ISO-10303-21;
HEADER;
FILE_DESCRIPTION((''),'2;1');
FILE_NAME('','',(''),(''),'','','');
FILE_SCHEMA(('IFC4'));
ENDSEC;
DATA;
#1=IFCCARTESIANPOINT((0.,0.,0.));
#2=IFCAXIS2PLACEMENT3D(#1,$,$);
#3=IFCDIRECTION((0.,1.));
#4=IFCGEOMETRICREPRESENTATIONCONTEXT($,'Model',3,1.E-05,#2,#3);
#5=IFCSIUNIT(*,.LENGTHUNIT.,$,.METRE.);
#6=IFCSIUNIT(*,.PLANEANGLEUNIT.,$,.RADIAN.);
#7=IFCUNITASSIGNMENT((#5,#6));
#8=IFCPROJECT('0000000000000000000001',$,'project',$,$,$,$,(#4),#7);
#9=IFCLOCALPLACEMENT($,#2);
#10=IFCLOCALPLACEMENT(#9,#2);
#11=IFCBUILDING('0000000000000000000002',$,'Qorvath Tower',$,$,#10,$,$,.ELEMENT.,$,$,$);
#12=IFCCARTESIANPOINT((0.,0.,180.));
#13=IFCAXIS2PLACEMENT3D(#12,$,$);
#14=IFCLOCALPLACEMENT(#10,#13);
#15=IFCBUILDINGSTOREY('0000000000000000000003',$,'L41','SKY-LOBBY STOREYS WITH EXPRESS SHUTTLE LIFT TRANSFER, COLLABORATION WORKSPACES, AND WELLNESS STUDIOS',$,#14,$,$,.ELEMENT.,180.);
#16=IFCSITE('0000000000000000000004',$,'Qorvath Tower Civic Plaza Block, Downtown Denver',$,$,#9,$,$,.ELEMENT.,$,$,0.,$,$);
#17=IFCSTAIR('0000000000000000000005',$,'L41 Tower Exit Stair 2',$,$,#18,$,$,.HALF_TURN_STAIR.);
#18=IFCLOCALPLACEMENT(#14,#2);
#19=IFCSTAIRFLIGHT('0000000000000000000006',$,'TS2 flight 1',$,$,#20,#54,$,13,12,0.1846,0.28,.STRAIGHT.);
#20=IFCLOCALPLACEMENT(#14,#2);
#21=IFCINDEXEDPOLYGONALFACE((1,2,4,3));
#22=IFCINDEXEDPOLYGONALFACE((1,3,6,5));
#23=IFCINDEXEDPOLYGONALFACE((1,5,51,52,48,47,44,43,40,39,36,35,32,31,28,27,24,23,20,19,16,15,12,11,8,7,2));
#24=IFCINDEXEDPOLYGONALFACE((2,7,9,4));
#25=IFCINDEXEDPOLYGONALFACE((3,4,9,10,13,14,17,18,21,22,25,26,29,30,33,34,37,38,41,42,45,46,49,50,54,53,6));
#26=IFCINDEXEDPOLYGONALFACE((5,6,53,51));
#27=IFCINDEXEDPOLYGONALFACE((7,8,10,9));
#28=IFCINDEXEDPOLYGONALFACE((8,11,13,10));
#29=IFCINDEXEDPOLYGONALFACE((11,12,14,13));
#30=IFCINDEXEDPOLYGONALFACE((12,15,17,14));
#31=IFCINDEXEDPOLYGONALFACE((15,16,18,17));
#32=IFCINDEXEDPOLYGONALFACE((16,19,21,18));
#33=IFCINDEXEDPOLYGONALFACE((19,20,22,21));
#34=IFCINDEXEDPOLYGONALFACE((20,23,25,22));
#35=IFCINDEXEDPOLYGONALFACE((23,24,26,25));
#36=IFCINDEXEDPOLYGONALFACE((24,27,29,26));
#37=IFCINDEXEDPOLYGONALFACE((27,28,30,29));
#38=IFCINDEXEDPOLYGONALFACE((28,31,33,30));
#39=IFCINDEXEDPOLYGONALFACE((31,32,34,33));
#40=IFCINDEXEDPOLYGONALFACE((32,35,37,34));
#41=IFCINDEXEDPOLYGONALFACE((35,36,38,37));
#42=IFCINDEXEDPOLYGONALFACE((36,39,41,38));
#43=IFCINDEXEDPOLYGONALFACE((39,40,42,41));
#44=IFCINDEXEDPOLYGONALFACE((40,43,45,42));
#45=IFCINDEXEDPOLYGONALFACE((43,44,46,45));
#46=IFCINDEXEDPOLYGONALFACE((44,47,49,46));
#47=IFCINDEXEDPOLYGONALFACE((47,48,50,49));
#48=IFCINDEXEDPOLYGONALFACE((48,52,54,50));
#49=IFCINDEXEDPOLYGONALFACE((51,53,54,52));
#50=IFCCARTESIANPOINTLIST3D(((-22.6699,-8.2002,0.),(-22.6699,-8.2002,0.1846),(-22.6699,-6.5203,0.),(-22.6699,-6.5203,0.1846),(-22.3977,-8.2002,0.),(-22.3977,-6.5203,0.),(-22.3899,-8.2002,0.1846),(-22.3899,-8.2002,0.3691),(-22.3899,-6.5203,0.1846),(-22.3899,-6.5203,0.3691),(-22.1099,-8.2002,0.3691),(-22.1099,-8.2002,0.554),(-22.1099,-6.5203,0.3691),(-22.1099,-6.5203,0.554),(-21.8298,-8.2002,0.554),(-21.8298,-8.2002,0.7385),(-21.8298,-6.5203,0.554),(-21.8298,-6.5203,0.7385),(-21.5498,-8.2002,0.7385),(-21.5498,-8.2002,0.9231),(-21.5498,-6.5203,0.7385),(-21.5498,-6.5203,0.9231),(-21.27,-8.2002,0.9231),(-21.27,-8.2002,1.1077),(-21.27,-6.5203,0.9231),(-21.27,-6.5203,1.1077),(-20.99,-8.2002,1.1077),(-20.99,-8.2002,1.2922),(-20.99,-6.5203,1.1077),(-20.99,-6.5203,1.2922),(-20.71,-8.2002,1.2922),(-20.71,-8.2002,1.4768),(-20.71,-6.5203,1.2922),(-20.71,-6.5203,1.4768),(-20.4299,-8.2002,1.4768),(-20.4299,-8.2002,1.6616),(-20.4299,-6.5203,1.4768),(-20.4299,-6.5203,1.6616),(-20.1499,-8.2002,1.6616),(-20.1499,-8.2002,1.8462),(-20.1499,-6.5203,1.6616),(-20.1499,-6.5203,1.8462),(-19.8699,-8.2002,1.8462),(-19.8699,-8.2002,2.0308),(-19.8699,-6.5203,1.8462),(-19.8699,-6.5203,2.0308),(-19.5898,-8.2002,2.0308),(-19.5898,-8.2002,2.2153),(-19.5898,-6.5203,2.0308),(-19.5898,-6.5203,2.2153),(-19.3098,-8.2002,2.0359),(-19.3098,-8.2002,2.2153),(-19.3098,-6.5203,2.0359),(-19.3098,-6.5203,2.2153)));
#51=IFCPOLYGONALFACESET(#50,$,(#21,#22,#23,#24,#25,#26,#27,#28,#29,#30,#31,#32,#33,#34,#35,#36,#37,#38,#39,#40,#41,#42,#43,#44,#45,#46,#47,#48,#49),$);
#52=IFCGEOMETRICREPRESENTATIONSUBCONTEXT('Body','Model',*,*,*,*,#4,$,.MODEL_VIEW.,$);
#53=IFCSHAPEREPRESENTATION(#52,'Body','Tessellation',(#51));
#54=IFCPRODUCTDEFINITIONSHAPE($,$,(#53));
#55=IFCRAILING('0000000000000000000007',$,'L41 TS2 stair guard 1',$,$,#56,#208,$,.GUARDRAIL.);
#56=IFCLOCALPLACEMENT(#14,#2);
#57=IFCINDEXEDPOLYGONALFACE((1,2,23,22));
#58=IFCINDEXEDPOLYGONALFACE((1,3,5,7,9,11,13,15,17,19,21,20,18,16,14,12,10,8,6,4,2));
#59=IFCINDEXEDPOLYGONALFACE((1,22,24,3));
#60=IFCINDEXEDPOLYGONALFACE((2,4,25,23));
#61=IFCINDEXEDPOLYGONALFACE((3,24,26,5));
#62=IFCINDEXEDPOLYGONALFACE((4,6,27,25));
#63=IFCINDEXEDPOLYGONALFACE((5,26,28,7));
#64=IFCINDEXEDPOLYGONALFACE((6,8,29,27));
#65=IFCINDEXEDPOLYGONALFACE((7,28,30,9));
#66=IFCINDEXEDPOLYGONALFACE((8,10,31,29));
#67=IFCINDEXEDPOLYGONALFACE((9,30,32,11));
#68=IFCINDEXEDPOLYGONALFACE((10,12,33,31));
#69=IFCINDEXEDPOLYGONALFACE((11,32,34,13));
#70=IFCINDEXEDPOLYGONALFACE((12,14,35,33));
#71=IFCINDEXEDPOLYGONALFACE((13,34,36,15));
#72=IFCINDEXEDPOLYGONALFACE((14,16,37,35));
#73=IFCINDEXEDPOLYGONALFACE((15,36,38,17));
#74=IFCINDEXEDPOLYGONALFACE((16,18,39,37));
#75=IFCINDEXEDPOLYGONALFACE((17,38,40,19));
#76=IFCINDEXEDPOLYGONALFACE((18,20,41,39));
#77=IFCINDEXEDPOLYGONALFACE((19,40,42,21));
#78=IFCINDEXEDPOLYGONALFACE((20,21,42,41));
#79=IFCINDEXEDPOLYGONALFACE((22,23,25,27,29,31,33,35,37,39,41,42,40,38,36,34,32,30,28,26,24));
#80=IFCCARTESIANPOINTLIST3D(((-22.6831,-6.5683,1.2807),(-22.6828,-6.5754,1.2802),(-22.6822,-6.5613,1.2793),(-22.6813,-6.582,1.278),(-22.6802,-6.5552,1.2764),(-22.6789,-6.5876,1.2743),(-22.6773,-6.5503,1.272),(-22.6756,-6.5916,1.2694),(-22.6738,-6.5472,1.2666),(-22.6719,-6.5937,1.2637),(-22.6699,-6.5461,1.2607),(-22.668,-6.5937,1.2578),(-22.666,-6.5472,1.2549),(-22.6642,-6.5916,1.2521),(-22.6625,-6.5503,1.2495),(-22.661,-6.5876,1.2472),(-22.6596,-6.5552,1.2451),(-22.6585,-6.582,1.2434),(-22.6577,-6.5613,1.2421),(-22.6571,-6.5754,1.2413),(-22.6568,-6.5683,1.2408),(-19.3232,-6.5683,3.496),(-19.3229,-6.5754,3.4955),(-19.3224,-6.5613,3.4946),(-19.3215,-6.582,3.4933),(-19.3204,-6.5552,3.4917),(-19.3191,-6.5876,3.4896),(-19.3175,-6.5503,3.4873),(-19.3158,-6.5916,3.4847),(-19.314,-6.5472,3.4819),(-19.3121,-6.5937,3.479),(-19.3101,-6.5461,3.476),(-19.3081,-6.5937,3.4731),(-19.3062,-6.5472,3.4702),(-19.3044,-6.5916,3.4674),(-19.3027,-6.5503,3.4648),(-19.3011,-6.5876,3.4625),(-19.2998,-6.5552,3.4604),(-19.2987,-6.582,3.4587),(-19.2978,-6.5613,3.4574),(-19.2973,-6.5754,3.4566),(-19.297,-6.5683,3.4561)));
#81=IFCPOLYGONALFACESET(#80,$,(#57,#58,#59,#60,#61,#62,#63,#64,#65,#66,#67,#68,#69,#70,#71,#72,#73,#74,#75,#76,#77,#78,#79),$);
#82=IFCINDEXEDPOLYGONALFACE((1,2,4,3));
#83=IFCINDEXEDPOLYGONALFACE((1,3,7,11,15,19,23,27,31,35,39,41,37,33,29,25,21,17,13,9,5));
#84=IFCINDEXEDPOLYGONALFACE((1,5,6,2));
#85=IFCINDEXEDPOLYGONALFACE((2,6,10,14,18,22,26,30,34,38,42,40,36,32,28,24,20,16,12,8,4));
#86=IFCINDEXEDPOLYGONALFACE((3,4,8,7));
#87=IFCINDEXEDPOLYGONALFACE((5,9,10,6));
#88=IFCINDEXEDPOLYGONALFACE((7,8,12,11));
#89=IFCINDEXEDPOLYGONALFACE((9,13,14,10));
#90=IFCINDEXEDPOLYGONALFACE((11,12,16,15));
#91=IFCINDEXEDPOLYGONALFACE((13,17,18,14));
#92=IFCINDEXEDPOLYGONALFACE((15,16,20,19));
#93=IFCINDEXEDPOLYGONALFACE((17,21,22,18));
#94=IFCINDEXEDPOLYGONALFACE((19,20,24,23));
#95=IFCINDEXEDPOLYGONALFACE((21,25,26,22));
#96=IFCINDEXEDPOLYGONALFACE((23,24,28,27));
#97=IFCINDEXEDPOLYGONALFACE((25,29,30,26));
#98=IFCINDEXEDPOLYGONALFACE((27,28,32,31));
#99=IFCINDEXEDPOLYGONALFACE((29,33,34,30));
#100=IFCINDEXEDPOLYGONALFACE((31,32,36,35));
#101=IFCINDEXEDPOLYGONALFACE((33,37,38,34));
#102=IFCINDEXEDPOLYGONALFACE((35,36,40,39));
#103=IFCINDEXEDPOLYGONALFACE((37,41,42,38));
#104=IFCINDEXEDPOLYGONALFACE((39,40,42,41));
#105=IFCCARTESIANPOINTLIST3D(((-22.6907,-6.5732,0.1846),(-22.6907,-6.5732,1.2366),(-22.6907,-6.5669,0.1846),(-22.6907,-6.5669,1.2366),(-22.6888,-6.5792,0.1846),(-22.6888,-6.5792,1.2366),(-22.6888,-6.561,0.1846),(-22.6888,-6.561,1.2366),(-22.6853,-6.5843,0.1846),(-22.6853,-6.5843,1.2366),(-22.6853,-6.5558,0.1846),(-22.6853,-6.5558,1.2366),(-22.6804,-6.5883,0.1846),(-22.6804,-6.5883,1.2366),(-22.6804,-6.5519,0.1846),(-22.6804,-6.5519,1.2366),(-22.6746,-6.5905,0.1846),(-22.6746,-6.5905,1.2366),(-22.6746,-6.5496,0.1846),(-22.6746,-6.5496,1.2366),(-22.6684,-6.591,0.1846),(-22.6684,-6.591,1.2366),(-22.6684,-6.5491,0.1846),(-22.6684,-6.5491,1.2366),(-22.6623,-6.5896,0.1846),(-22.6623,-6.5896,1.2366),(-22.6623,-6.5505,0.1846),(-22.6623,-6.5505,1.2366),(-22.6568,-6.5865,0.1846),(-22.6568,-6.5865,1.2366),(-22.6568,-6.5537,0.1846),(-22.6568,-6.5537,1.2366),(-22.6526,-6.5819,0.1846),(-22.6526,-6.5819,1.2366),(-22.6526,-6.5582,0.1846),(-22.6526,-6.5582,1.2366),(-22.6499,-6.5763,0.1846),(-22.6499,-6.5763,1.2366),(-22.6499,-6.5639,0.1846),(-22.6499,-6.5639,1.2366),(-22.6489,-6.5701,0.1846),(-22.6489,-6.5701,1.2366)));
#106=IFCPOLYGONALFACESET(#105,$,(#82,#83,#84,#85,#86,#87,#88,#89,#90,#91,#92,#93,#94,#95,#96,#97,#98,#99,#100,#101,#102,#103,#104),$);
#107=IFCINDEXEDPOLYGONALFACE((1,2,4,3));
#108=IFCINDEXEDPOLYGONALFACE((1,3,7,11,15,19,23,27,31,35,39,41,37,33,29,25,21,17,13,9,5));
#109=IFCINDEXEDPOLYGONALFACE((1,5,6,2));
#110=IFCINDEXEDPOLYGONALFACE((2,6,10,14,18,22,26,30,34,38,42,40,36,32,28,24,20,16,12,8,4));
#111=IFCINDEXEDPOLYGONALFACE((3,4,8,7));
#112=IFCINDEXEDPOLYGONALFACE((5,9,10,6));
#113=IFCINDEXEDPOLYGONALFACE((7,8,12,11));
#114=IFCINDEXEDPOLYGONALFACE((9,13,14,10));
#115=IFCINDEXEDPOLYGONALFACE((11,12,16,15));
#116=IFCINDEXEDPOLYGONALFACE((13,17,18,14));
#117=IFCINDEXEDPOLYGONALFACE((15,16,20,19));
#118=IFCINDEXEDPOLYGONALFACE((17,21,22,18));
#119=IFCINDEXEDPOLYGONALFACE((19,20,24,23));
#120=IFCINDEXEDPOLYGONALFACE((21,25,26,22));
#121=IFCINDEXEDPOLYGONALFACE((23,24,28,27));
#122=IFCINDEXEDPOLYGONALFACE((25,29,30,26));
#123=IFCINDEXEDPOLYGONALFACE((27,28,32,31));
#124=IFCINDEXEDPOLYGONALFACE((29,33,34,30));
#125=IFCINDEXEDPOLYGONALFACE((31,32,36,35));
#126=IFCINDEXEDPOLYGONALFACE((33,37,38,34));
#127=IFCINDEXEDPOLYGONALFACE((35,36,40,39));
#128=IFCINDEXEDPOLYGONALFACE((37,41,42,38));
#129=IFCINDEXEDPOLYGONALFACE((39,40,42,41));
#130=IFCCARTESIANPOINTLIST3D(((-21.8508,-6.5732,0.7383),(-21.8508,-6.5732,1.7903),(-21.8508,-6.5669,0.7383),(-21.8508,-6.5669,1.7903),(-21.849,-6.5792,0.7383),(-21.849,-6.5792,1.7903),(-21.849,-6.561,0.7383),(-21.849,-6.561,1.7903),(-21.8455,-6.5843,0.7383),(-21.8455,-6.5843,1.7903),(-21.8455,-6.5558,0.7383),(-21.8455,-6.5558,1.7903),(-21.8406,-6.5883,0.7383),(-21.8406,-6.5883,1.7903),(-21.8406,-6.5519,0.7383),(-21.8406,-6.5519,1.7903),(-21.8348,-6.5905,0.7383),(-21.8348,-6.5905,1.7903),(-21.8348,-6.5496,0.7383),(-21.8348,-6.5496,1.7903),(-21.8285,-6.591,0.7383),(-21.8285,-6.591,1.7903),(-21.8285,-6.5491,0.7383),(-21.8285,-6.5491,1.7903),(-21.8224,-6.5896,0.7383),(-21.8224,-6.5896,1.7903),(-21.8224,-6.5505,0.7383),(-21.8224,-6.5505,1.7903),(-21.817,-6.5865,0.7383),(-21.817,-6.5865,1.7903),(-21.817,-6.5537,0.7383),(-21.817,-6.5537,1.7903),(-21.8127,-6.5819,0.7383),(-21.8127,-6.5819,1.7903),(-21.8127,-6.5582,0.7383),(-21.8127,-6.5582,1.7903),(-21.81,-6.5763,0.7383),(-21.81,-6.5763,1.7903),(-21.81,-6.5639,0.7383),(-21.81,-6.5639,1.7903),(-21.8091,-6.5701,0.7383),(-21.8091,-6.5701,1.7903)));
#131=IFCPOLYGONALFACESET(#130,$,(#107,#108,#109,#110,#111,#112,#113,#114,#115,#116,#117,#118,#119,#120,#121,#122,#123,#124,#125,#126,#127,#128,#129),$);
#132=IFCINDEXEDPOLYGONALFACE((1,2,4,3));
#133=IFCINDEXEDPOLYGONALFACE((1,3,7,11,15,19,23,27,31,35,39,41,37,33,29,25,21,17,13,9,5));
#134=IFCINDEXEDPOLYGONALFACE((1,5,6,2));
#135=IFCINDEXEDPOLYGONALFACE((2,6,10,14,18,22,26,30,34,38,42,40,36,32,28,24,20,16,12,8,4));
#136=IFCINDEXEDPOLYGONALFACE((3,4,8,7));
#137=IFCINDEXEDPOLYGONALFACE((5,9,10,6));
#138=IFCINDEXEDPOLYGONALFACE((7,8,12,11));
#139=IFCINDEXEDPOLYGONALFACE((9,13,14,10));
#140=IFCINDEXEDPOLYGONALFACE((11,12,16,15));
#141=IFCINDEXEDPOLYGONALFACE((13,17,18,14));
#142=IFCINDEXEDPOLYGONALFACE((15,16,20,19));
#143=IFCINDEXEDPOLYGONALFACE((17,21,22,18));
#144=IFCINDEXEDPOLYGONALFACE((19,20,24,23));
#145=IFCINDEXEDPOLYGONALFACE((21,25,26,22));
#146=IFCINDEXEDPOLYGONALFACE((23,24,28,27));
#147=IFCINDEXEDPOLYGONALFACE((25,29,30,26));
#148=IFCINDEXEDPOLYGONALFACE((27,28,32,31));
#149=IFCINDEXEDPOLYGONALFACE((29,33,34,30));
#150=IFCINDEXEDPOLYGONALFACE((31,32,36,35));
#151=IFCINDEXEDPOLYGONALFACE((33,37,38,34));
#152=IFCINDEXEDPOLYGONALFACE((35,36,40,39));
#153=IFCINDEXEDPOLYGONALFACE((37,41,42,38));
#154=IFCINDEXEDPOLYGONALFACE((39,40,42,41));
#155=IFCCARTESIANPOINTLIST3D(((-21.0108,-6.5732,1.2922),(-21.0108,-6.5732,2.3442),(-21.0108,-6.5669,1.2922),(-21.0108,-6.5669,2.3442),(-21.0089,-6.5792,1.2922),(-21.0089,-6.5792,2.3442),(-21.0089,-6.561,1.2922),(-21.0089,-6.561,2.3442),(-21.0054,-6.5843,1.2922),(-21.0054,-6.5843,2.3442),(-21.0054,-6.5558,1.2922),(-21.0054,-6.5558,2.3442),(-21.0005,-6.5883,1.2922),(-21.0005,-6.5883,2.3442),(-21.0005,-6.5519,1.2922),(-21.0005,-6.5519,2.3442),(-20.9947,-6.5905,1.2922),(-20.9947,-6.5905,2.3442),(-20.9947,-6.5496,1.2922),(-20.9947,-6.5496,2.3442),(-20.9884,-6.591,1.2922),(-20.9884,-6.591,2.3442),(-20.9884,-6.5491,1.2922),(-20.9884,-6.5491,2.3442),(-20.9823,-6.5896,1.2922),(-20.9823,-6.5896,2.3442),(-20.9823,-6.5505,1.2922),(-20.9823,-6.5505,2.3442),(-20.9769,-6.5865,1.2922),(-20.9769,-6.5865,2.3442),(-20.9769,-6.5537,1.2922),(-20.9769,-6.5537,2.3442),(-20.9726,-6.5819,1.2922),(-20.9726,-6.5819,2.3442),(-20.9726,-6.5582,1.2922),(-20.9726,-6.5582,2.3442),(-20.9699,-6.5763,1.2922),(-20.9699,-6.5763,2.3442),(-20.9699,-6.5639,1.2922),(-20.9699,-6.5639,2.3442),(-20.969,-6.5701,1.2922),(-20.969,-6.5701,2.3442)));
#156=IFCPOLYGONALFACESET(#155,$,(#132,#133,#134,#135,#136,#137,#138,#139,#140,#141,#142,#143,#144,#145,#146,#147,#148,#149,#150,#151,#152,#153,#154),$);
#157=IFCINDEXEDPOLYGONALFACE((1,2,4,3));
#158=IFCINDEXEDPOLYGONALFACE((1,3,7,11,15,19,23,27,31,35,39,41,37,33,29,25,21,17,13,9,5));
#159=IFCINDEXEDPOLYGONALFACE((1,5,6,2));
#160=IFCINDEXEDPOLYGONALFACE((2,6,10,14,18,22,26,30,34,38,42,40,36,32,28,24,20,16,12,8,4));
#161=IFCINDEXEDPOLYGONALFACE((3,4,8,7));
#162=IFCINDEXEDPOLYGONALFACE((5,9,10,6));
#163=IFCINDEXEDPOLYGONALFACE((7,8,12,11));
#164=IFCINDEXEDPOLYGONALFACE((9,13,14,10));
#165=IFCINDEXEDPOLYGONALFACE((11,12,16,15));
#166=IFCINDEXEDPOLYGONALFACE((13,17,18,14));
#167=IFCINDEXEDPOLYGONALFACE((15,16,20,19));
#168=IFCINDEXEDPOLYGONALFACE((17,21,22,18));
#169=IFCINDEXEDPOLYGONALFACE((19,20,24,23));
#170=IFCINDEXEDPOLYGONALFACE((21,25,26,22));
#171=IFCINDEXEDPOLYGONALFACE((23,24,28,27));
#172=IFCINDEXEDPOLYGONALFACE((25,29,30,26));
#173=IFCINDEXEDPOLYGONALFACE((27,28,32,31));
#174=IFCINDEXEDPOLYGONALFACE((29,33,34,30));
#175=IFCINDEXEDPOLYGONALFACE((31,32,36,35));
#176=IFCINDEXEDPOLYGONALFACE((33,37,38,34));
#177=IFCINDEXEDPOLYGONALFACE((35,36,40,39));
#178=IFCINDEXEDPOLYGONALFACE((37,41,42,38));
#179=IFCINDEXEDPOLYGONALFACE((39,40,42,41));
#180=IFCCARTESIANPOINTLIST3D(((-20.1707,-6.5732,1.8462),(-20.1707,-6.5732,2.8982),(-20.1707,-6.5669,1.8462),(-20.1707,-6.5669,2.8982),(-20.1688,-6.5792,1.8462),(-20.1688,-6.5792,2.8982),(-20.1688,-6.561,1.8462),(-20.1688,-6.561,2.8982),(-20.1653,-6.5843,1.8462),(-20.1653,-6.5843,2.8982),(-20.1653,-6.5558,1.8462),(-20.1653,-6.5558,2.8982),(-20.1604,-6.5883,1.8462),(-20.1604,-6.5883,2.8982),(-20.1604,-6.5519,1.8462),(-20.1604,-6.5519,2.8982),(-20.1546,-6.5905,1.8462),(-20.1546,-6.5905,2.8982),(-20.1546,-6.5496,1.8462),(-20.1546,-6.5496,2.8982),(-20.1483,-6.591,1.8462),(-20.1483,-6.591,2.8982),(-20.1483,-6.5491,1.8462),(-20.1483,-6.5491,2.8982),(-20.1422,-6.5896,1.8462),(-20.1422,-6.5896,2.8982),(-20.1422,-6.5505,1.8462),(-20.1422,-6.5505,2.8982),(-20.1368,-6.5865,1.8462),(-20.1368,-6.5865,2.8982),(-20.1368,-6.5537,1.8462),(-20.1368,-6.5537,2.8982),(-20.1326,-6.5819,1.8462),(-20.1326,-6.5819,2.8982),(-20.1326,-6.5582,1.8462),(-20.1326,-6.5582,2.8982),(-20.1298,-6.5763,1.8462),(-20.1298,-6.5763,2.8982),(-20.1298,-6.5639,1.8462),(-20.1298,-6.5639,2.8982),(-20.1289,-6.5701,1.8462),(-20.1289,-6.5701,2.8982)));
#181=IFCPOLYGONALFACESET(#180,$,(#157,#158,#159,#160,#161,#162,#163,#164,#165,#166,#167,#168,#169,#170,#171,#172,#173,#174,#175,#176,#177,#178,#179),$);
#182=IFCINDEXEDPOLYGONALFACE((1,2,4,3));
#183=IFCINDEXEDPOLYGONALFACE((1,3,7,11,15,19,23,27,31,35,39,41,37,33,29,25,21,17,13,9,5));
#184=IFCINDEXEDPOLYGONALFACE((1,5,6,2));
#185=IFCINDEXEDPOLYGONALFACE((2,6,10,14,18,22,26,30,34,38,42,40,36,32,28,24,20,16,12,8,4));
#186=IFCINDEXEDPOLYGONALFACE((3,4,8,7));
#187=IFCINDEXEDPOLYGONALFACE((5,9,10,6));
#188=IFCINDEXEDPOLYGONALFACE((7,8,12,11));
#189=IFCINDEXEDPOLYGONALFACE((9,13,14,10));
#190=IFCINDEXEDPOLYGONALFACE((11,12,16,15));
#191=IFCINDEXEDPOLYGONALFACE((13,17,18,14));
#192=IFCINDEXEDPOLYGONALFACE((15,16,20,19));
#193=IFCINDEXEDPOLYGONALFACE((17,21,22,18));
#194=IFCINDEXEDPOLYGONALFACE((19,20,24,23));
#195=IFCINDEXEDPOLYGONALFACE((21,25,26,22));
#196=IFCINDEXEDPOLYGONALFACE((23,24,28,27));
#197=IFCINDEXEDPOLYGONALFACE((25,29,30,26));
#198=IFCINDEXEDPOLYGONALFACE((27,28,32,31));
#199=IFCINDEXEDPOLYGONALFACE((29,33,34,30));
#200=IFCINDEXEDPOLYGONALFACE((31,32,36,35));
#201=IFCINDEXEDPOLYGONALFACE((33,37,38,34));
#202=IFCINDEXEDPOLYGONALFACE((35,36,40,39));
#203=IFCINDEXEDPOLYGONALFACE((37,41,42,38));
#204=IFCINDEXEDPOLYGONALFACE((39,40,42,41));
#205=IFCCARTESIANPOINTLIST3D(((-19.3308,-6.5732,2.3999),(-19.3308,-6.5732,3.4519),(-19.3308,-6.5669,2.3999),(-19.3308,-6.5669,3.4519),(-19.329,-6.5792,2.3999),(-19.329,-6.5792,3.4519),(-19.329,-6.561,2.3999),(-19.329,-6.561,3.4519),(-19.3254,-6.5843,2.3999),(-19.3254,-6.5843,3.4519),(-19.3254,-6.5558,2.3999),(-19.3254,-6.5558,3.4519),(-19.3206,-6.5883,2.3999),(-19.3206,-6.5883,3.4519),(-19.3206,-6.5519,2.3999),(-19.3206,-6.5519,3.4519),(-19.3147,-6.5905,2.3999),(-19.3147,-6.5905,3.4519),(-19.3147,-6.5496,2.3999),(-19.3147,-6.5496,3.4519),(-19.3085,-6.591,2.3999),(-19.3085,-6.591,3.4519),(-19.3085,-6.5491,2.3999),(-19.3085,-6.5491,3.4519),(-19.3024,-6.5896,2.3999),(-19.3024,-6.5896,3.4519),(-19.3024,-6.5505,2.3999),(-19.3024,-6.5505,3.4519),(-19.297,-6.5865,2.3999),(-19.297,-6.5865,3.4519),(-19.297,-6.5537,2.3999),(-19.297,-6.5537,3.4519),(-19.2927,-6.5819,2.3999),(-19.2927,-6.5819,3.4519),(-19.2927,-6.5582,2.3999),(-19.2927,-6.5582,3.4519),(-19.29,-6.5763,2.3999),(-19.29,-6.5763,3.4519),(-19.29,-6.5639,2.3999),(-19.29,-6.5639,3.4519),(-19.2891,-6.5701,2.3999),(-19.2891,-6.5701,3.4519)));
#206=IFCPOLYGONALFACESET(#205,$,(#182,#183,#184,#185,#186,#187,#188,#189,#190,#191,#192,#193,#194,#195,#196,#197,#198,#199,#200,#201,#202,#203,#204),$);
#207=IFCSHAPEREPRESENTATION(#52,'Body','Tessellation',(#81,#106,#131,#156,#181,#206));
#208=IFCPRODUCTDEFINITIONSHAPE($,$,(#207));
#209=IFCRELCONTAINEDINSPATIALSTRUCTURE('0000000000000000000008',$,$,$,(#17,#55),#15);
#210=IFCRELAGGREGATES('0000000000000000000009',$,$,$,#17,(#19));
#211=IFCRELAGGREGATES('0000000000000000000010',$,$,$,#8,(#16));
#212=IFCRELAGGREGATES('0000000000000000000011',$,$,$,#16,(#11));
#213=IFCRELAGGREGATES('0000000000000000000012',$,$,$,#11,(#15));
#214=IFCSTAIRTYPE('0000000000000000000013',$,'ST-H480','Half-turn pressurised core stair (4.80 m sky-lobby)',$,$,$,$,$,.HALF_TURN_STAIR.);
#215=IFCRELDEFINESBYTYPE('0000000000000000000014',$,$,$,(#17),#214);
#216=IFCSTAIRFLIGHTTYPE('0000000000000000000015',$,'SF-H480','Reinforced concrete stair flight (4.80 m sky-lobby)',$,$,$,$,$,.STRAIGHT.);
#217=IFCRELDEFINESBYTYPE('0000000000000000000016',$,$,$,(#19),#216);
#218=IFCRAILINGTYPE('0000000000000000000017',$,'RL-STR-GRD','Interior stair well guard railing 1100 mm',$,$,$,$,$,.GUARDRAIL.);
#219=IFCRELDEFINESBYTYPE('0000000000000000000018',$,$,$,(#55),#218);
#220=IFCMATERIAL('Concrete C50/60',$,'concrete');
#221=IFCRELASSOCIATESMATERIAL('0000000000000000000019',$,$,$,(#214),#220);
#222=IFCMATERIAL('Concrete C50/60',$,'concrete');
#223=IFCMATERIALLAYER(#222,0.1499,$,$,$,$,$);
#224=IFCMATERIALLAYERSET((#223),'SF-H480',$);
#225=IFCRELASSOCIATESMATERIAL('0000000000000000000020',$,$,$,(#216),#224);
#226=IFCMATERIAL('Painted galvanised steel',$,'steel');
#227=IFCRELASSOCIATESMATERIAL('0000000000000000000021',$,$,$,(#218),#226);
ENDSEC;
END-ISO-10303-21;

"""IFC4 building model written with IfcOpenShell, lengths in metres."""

from ifc_helpers import new_model, si_unit, direction, frame, origin, origin_2d, place, context, subcontext, project, spatial, polyline, circle, outline, extrude, material, layer, layer_set, type_object, element, aggregate, save


model = new_model("IFC4")

# Units and contexts
model_context = context("Model", 3, precision=1e-05, world=origin(), true_north=direction((0.0, 1.0)))
body_context = subcontext(model_context, "Body", "Model", "MODEL_VIEW")
ifc_project = project(units=[si_unit("LENGTHUNIT", "METRE"), si_unit("PLANEANGLEUNIT", "RADIAN")], contexts=[model_context])

# Site, building, storey
site_placement = place(None, origin())
site = spatial("IfcSite", under=ifc_project, at=site_placement, Name="Qorvath Tower Civic Plaza Block, Downtown Denver", CompositionType="ELEMENT", RefElevation=0.0)
building_placement = place(site_placement, origin())
building = spatial("IfcBuilding", under=site, at=building_placement, Name="Qorvath Tower", CompositionType="ELEMENT")
storey_placement = place(building_placement, frame((0.0, 0.0, 180.0)))
storey = spatial("IfcBuildingStorey", under=building, at=storey_placement, Name="L41", Description="SKY-LOBBY STOREYS WITH EXPRESS SHUTTLE LIFT TRANSFER, COLLABORATION WORKSPACES, AND WELLNESS STUDIOS", CompositionType="ELEMENT", Elevation=180.0)

# Stair, stair flight
ifc_material_1 = material(Name="Concrete C50/60", Category="concrete")
stair_type = type_object("IfcStairType", Name="ST-H480", Description="Half-turn pressurised core stair (4.80 m sky-lobby)", PredefinedType="HALF_TURN_STAIR", material=ifc_material_1)
stair_placement = place(storey_placement, origin())
stair = element("IfcStair", 1, at=stair_placement, inside=storey, type_object=stair_type, Name="L41 Tower Exit Stair 2", PredefinedType="HALF_TURN_STAIR")
ifc_material_2 = material(Name="Concrete C50/60", Category="concrete")
ifc_layer_1 = layer(ifc_material_2, 0.1499)
ifc_layer_set_1 = layer_set([ifc_layer_1], Name="SF-H480")
stair_flight_type = type_object("IfcStairFlightType", Name="SF-H480", Description="Reinforced concrete stair flight (4.80 m sky-lobby)", PredefinedType="STRAIGHT", material=ifc_layer_set_1)
stair_flight_placement = place(storey_placement, frame((-22.6699, -7.3601, 0.0), z_axis=(0.0, 0.0, 1.0), x_axis=(1.0, 0.0, 0.0)))
stair_flight = element("IfcStairFlight", 2, at=stair_flight_placement, type_object=stair_flight_type, Name="TS2 flight 1", NumberOfRisers=13, NumberOfTreads=12, PredefinedType="STRAIGHT", RiserHeight=0.1846, TreadLength=0.28, context=body_context, shape_type="SweptSolid", body=[
    extrude(outline(polyline([(0.0, 0.0), (0.0, 0.1846), (0.28, 0.1846), (0.28, 0.3691), (0.5601, 0.3691), (0.5601, 0.554), (0.8401, 0.554), (0.8401, 0.7385), (1.1201, 0.7385), (1.1201, 0.9231), (1.3999, 0.9231), (1.3999, 1.1077), (1.6799, 1.1077), (1.6799, 1.2922), (1.96, 1.2922), (1.96, 1.4768), (2.24, 1.4768), (2.24, 1.6616), (2.52, 1.6616), (2.52, 1.8462), (2.8, 1.8462), (2.8, 2.0308), (3.0801, 2.0308), (3.0801, 2.2153), (3.3601, 2.2153), (3.3601, 2.3999), (3.3601, 2.0359), (0.2722, 0.0), (0.0, 0.0)])), frame((0.0, 0.8398, 0.0), z_axis=(0.0, -1.0, 0.0), x_axis=(1.0, 0.0, 0.0)), (0.0, 0.0, 1.0), 1.6799),
])
aggregate(stair, [stair_flight])

# Railing
ifc_material_3 = material(Name="Painted galvanised steel", Category="steel")
railing_type = type_object("IfcRailingType", Name="RL-STR-GRD", Description="Interior stair well guard railing 1100 mm", PredefinedType="GUARDRAIL", material=ifc_material_3)
railing_1_placement = place(storey_placement, frame((-22.6699, -6.5701, 0.1846)))
element("IfcRailing", 3, at=railing_1_placement, inside=storey, type_object=railing_type, Name="L41 TS2 stair guard 1", PredefinedType="GUARDRAIL", context=body_context, shape_type="SweptSolid", body=[
    extrude(circle(Radius=0.0239, at=origin_2d()), frame((0.0, 0.0, 1.0762), z_axis=(0.834858, 0.0, 0.550465), x_axis=(0.0, 1.0, 0.0)), (0.0, 0.0, 1.0), 4.0244),
    extrude(circle(Radius=0.021, at=origin_2d()), origin(), (0.0, 0.0, 1.0), 1.052),
    extrude(circle(Radius=0.021, at=origin_2d()), frame((0.8398, 0.0, 0.5537)), (0.0, 0.0, 1.0), 1.052),
    extrude(circle(Radius=0.021, at=origin_2d()), frame((1.6799, 0.0, 1.1077)), (0.0, 0.0, 1.0), 1.052),
    extrude(circle(Radius=0.021, at=origin_2d()), frame((2.52, 0.0, 1.6616)), (0.0, 0.0, 1.0), 1.052),
    extrude(circle(Radius=0.021, at=origin_2d()), frame((3.3599, 0.0, 2.2153)), (0.0, 0.0, 1.0), 1.052),
])

save(model, "model.ifc")
